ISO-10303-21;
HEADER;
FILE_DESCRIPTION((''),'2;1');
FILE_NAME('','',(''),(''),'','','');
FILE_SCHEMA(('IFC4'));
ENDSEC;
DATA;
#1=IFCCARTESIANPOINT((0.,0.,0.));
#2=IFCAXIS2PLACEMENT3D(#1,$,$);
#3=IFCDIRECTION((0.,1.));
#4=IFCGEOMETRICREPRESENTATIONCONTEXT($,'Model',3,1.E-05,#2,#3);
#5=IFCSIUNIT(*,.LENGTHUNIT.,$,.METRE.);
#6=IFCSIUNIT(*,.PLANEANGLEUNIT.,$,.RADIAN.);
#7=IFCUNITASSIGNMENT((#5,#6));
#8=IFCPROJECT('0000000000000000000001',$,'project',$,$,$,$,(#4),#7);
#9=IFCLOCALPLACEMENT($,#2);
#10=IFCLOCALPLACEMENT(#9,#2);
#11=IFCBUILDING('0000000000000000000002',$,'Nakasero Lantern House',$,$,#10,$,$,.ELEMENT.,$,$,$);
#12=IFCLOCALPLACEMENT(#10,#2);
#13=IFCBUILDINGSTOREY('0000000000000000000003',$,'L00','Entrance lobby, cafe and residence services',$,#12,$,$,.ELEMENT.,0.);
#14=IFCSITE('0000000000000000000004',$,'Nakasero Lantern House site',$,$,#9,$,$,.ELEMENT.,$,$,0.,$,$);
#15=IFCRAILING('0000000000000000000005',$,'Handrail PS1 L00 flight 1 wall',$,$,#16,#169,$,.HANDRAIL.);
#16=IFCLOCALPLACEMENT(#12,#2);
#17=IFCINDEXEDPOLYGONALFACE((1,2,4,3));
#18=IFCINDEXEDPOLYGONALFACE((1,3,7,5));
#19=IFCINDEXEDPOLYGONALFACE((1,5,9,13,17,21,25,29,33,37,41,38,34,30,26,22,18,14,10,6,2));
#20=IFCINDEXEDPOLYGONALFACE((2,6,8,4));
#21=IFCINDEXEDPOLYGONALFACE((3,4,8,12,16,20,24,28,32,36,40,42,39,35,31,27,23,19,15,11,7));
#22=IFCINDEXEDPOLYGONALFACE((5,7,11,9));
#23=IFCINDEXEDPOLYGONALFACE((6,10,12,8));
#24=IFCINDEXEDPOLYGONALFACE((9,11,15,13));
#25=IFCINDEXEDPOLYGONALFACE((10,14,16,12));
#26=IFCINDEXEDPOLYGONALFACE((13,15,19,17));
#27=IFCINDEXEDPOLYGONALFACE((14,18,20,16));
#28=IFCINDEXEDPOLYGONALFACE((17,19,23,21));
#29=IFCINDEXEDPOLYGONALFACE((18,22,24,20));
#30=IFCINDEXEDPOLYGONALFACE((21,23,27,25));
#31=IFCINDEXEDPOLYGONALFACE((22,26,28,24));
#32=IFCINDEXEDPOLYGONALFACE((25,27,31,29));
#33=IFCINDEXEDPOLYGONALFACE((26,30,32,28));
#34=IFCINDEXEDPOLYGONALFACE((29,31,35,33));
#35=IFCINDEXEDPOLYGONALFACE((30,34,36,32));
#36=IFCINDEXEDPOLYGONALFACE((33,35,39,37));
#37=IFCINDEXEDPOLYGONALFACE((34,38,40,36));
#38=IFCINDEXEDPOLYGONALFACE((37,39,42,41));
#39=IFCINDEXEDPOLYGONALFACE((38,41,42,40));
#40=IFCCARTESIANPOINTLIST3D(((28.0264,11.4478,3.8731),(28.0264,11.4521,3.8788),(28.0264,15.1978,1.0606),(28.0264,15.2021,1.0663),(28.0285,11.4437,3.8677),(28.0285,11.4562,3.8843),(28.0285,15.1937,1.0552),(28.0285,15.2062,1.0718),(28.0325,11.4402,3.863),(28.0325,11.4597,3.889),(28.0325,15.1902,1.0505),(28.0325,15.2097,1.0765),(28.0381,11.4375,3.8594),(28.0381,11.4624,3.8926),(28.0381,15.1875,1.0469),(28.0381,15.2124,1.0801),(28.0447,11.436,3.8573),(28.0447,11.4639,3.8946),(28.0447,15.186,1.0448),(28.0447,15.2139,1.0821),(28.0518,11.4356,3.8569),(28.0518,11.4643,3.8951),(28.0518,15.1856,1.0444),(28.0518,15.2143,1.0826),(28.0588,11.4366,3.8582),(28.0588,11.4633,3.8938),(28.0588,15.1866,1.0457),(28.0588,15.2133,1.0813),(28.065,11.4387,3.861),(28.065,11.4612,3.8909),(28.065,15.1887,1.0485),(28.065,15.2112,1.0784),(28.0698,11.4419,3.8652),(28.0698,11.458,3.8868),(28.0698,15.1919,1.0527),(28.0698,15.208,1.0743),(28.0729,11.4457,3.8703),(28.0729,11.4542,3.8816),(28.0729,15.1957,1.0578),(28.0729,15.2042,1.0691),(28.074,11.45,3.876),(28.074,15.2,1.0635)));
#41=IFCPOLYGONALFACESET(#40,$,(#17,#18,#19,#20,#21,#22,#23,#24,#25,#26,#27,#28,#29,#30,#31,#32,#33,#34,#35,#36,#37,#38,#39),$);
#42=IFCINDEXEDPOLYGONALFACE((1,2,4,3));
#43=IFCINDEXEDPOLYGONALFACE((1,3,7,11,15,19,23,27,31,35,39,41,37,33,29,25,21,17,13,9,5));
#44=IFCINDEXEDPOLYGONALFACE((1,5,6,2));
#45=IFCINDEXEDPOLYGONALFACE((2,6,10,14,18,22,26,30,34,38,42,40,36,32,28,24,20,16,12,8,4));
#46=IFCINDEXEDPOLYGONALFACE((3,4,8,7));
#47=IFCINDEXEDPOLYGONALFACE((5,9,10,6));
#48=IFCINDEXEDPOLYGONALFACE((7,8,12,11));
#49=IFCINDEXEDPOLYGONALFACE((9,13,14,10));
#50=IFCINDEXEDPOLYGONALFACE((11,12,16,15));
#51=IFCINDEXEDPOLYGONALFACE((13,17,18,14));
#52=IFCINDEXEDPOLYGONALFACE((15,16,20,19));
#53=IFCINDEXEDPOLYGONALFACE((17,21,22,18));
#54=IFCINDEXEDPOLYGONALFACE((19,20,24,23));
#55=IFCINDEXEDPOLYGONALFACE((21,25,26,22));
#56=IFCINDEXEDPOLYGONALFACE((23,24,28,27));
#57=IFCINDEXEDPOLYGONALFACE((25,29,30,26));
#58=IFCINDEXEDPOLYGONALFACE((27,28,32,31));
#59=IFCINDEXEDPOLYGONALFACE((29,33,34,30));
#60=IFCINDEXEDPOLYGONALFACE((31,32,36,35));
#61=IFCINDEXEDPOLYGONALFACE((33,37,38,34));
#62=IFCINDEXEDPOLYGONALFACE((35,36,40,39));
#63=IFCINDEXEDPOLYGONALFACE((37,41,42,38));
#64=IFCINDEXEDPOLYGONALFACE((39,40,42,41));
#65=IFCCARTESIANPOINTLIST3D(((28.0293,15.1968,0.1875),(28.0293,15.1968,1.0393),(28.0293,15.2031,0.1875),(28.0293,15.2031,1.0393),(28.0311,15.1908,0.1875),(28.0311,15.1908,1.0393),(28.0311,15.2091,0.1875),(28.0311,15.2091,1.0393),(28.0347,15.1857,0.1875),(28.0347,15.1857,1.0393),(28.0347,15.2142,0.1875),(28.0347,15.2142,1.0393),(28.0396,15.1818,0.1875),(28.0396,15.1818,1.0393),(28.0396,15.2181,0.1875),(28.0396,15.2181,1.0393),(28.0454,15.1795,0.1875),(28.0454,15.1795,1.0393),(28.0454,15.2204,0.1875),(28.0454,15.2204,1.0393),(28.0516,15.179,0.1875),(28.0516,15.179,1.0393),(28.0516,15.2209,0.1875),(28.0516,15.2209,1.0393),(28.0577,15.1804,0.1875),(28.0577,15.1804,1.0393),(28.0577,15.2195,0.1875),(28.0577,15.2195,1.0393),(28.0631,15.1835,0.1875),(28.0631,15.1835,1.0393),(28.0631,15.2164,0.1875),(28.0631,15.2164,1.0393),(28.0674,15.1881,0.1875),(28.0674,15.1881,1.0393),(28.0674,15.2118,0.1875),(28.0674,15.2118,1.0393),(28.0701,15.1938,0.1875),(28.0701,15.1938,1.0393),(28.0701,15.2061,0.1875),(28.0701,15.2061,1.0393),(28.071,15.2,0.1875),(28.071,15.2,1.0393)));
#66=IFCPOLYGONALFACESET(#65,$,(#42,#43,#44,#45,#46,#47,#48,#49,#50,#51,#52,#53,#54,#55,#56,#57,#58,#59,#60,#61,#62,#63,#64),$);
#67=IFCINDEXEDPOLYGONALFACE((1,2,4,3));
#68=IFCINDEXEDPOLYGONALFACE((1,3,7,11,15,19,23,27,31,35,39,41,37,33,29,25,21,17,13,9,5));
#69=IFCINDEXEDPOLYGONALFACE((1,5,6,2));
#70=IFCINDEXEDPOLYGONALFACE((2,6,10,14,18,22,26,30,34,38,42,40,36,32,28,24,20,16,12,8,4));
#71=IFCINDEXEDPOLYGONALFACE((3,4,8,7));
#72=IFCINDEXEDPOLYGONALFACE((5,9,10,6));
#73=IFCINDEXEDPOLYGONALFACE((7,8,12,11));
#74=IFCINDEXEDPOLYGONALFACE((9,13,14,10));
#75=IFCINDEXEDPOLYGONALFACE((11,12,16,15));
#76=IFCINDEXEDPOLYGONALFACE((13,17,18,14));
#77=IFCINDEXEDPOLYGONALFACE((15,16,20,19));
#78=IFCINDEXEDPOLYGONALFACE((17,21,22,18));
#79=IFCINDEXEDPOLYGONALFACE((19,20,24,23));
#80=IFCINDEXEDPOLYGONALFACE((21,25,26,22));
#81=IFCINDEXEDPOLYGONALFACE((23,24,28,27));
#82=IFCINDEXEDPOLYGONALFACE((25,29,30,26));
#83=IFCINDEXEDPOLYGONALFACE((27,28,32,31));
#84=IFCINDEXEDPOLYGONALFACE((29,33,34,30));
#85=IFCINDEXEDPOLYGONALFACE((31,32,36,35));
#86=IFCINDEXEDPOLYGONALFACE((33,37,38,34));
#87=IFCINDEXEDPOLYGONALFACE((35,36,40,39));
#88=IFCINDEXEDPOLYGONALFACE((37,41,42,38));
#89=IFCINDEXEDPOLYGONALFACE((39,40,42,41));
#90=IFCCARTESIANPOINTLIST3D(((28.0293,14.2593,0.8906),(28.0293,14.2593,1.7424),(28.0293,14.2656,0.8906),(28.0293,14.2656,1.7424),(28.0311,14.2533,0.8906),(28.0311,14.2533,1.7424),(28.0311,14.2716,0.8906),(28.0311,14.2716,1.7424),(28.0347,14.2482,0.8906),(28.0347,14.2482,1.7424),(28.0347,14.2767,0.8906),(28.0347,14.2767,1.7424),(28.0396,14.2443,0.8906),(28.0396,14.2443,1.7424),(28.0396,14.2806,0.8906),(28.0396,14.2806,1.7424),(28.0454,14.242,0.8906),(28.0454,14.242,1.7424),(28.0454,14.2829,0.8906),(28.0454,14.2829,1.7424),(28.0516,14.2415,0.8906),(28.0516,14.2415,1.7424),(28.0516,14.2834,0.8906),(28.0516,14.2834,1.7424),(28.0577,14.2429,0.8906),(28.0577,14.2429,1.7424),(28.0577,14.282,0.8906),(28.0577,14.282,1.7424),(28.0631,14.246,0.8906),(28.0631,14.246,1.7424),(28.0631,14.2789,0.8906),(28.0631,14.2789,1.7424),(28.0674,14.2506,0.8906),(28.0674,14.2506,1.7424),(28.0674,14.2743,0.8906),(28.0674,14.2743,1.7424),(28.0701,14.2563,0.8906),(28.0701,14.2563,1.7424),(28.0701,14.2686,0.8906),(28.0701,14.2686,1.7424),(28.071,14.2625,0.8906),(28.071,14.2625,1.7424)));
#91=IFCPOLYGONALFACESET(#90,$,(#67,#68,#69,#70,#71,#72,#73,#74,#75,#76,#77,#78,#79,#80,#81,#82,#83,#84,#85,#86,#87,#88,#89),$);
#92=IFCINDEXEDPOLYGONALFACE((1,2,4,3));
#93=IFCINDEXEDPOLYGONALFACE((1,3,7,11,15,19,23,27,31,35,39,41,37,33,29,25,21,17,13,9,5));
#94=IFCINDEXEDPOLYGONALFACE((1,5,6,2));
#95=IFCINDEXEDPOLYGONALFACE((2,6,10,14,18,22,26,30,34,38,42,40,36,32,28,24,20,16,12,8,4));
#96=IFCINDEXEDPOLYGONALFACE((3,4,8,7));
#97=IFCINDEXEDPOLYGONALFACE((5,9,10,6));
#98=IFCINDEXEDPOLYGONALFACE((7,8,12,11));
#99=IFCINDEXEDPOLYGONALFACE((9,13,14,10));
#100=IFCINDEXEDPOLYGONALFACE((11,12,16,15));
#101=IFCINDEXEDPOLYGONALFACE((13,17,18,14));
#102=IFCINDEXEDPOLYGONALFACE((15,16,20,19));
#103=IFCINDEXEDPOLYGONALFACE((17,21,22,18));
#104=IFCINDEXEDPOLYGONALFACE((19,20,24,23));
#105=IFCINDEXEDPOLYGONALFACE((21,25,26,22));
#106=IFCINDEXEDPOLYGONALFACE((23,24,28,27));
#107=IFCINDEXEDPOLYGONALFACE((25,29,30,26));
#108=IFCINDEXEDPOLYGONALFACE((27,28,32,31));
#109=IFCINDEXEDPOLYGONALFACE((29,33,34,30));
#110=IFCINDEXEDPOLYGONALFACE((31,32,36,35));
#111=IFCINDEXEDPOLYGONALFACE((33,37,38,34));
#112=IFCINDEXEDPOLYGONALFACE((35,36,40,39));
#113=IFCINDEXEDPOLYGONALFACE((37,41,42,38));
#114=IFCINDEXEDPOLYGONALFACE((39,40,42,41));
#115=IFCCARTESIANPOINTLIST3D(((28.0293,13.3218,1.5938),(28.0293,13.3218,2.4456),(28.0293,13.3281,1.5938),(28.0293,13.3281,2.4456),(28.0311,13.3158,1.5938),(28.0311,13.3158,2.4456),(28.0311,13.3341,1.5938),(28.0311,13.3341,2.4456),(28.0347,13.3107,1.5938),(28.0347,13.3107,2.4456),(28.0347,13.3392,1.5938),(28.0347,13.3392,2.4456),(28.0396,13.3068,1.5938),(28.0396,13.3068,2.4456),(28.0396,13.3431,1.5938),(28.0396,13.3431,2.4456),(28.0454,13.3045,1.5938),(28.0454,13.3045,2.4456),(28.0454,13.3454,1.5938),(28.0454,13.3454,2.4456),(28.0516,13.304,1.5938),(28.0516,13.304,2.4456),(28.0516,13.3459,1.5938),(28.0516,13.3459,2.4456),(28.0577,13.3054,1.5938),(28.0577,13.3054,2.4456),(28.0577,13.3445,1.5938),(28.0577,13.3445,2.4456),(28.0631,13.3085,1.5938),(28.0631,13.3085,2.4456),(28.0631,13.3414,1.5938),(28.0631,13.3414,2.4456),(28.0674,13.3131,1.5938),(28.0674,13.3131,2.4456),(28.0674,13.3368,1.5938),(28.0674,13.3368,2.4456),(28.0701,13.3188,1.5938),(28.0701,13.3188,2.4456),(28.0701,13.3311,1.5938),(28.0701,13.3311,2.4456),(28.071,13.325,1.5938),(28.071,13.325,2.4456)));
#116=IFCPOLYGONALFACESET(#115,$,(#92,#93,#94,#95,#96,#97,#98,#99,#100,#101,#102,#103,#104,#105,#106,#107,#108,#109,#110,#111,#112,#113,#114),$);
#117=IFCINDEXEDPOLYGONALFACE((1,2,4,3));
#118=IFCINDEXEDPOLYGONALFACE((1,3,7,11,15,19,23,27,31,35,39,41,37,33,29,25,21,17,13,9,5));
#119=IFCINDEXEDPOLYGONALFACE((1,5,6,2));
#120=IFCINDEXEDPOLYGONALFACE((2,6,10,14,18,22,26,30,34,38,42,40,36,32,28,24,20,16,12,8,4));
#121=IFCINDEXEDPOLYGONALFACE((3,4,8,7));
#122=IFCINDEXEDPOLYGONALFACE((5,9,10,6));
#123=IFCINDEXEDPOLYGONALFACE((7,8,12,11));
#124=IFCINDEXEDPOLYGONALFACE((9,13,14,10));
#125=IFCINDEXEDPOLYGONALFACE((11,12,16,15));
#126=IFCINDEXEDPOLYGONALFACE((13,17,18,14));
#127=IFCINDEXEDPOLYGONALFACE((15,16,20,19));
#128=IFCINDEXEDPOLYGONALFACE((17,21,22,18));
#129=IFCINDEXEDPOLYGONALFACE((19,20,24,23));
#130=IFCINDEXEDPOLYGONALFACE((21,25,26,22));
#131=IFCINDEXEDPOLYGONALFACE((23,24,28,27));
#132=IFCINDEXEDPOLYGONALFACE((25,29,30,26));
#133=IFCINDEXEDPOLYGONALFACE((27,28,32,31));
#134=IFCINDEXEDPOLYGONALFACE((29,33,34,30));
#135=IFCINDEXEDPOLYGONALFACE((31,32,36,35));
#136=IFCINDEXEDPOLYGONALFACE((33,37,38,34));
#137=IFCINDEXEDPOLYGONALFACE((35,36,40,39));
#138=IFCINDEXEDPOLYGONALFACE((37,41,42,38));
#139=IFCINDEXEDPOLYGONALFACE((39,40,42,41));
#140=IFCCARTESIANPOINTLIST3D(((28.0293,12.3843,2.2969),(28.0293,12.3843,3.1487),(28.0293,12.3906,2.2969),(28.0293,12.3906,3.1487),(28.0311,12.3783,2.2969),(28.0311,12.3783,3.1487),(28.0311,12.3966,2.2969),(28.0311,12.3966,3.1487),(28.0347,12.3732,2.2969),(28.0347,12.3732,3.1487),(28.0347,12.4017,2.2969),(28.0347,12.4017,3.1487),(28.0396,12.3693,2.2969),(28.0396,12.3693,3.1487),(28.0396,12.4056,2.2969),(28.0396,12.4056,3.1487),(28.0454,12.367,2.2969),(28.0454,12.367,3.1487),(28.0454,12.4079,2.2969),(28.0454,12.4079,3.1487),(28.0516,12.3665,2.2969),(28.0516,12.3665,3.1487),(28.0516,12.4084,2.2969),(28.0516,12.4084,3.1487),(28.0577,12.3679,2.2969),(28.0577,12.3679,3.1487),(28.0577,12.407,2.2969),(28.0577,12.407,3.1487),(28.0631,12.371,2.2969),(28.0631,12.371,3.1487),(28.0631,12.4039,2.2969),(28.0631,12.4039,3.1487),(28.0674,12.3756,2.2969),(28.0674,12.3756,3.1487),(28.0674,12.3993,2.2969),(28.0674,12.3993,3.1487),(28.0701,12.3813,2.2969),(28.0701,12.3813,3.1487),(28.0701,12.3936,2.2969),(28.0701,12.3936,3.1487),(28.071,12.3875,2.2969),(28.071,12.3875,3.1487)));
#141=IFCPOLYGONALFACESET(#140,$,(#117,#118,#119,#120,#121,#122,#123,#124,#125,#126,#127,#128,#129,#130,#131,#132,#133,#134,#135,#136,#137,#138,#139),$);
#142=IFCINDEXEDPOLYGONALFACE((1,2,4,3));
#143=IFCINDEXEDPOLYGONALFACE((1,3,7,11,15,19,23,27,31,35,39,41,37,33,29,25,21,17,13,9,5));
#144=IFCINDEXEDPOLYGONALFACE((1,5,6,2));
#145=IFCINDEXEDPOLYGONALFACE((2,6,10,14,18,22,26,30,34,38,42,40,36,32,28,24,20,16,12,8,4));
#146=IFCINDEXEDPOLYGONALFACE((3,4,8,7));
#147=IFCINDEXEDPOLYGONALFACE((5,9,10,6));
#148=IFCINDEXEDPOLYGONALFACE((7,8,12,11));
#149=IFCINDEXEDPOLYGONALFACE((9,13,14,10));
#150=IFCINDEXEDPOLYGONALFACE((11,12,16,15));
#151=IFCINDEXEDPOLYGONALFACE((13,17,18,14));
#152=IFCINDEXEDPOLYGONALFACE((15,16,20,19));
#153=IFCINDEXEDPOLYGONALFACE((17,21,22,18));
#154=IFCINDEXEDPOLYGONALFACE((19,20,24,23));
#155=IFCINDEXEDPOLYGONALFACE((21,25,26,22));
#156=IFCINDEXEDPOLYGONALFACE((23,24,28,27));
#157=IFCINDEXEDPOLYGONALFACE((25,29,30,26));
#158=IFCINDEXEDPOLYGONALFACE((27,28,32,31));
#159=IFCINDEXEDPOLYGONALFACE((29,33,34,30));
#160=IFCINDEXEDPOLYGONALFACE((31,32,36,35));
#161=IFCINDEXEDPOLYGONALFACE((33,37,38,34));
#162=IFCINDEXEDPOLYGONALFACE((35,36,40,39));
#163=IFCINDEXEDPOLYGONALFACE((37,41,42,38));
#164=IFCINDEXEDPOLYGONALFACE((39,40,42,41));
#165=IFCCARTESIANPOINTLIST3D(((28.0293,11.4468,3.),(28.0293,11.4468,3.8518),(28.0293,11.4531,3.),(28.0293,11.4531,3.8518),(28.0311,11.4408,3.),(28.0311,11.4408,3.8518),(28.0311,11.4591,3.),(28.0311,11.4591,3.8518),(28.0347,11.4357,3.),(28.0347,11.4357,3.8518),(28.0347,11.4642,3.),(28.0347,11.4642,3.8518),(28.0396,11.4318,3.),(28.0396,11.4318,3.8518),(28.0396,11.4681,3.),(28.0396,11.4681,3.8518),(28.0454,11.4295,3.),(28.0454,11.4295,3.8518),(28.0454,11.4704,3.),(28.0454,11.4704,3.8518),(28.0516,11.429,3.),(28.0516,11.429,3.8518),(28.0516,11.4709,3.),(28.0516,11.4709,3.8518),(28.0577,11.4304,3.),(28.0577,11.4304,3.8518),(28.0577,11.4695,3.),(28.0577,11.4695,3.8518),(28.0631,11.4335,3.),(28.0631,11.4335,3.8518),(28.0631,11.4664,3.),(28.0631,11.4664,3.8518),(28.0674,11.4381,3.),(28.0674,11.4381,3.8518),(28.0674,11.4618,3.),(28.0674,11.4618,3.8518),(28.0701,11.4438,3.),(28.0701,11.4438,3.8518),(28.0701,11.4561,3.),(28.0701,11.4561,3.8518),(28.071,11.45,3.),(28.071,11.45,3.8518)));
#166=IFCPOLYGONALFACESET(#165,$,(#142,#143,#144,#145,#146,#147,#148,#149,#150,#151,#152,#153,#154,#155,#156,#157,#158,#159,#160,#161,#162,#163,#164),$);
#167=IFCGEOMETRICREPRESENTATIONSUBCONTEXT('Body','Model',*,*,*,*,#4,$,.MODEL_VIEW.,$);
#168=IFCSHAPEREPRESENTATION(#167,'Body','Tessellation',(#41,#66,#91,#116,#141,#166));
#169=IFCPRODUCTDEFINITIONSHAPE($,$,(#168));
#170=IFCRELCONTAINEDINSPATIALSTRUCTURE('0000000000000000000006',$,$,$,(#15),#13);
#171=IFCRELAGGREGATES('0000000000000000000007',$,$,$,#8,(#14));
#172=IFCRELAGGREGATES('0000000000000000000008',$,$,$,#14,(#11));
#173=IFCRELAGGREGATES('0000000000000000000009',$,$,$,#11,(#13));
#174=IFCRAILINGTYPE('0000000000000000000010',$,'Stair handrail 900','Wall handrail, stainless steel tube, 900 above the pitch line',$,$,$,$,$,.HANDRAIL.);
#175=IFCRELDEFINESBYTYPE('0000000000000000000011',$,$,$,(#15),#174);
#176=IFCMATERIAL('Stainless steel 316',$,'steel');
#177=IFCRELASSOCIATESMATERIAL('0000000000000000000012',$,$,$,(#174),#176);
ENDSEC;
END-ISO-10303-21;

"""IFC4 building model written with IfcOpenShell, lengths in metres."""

from ifc_helpers import new_model, si_unit, direction, frame, origin, origin_2d, place, context, subcontext, project, spatial, circle, extrude, material, type_object, element, save


model = new_model("IFC4")

# Units and contexts
model_context = context("Model", 3, precision=1e-05, world=origin(), true_north=direction((0.0, 1.0)))
body_context = subcontext(model_context, "Body", "Model", "MODEL_VIEW")
ifc_project = project(units=[si_unit("LENGTHUNIT", "METRE"), si_unit("PLANEANGLEUNIT", "RADIAN")], contexts=[model_context])

# Site, building, storey
site_placement = place(None, origin())
site = spatial("IfcSite", under=ifc_project, at=site_placement, Name="Nakasero Lantern House site", CompositionType="ELEMENT", RefElevation=0.0)
building_placement = place(site_placement, origin())
building = spatial("IfcBuilding", under=site, at=building_placement, Name="Nakasero Lantern House", CompositionType="ELEMENT")
storey_placement = place(building_placement, origin())
storey = spatial("IfcBuildingStorey", under=building, at=storey_placement, Name="L00", Description="Entrance lobby, cafe and residence services", CompositionType="ELEMENT", Elevation=0.0)

# Railing
ifc_material_1 = material(Name="Stainless steel 316", Category="steel")
railing_type = type_object("IfcRailingType", Name="Stair handrail 900", Description="Wall handrail, stainless steel tube, 900 above the pitch line", PredefinedType="HANDRAIL", material=ifc_material_1)
for number, where, name in (
    (1, (28.05, 15.2, 0.1875), "Handrail PS1 L00 flight 1 wall"),
):
    element("IfcRailing", number, at=place(storey_placement, frame(where)), inside=storey, type_object=railing_type, Name=name, PredefinedType="HANDRAIL", context=body_context, shape_type="SweptSolid", body=[
        extrude(circle(Radius=0.0239, at=origin_2d()), frame((0.0, 0.0, 0.876), z_axis=(0.0, -0.8, 0.6), x_axis=(1.0, 0.0, 0.0)), (0.0, 0.0, 1.0), 4.6875),
        extrude(circle(Radius=0.021, at=origin_2d()), origin(), (0.0, 0.0, 1.0), 0.8518),
        extrude(circle(Radius=0.021, at=origin_2d()), frame((0.0, -0.9375, 0.7031)), (0.0, 0.0, 1.0), 0.8518),
        extrude(circle(Radius=0.021, at=origin_2d()), frame((0.0, -1.875, 1.4062)), (0.0, 0.0, 1.0), 0.8518),
        extrude(circle(Radius=0.021, at=origin_2d()), frame((0.0, -2.8125, 2.1094)), (0.0, 0.0, 1.0), 0.8518),
        extrude(circle(Radius=0.021, at=origin_2d()), frame((0.0, -3.75, 2.8125)), (0.0, 0.0, 1.0), 0.8518),
    ])

save(model, "model.ifc")
